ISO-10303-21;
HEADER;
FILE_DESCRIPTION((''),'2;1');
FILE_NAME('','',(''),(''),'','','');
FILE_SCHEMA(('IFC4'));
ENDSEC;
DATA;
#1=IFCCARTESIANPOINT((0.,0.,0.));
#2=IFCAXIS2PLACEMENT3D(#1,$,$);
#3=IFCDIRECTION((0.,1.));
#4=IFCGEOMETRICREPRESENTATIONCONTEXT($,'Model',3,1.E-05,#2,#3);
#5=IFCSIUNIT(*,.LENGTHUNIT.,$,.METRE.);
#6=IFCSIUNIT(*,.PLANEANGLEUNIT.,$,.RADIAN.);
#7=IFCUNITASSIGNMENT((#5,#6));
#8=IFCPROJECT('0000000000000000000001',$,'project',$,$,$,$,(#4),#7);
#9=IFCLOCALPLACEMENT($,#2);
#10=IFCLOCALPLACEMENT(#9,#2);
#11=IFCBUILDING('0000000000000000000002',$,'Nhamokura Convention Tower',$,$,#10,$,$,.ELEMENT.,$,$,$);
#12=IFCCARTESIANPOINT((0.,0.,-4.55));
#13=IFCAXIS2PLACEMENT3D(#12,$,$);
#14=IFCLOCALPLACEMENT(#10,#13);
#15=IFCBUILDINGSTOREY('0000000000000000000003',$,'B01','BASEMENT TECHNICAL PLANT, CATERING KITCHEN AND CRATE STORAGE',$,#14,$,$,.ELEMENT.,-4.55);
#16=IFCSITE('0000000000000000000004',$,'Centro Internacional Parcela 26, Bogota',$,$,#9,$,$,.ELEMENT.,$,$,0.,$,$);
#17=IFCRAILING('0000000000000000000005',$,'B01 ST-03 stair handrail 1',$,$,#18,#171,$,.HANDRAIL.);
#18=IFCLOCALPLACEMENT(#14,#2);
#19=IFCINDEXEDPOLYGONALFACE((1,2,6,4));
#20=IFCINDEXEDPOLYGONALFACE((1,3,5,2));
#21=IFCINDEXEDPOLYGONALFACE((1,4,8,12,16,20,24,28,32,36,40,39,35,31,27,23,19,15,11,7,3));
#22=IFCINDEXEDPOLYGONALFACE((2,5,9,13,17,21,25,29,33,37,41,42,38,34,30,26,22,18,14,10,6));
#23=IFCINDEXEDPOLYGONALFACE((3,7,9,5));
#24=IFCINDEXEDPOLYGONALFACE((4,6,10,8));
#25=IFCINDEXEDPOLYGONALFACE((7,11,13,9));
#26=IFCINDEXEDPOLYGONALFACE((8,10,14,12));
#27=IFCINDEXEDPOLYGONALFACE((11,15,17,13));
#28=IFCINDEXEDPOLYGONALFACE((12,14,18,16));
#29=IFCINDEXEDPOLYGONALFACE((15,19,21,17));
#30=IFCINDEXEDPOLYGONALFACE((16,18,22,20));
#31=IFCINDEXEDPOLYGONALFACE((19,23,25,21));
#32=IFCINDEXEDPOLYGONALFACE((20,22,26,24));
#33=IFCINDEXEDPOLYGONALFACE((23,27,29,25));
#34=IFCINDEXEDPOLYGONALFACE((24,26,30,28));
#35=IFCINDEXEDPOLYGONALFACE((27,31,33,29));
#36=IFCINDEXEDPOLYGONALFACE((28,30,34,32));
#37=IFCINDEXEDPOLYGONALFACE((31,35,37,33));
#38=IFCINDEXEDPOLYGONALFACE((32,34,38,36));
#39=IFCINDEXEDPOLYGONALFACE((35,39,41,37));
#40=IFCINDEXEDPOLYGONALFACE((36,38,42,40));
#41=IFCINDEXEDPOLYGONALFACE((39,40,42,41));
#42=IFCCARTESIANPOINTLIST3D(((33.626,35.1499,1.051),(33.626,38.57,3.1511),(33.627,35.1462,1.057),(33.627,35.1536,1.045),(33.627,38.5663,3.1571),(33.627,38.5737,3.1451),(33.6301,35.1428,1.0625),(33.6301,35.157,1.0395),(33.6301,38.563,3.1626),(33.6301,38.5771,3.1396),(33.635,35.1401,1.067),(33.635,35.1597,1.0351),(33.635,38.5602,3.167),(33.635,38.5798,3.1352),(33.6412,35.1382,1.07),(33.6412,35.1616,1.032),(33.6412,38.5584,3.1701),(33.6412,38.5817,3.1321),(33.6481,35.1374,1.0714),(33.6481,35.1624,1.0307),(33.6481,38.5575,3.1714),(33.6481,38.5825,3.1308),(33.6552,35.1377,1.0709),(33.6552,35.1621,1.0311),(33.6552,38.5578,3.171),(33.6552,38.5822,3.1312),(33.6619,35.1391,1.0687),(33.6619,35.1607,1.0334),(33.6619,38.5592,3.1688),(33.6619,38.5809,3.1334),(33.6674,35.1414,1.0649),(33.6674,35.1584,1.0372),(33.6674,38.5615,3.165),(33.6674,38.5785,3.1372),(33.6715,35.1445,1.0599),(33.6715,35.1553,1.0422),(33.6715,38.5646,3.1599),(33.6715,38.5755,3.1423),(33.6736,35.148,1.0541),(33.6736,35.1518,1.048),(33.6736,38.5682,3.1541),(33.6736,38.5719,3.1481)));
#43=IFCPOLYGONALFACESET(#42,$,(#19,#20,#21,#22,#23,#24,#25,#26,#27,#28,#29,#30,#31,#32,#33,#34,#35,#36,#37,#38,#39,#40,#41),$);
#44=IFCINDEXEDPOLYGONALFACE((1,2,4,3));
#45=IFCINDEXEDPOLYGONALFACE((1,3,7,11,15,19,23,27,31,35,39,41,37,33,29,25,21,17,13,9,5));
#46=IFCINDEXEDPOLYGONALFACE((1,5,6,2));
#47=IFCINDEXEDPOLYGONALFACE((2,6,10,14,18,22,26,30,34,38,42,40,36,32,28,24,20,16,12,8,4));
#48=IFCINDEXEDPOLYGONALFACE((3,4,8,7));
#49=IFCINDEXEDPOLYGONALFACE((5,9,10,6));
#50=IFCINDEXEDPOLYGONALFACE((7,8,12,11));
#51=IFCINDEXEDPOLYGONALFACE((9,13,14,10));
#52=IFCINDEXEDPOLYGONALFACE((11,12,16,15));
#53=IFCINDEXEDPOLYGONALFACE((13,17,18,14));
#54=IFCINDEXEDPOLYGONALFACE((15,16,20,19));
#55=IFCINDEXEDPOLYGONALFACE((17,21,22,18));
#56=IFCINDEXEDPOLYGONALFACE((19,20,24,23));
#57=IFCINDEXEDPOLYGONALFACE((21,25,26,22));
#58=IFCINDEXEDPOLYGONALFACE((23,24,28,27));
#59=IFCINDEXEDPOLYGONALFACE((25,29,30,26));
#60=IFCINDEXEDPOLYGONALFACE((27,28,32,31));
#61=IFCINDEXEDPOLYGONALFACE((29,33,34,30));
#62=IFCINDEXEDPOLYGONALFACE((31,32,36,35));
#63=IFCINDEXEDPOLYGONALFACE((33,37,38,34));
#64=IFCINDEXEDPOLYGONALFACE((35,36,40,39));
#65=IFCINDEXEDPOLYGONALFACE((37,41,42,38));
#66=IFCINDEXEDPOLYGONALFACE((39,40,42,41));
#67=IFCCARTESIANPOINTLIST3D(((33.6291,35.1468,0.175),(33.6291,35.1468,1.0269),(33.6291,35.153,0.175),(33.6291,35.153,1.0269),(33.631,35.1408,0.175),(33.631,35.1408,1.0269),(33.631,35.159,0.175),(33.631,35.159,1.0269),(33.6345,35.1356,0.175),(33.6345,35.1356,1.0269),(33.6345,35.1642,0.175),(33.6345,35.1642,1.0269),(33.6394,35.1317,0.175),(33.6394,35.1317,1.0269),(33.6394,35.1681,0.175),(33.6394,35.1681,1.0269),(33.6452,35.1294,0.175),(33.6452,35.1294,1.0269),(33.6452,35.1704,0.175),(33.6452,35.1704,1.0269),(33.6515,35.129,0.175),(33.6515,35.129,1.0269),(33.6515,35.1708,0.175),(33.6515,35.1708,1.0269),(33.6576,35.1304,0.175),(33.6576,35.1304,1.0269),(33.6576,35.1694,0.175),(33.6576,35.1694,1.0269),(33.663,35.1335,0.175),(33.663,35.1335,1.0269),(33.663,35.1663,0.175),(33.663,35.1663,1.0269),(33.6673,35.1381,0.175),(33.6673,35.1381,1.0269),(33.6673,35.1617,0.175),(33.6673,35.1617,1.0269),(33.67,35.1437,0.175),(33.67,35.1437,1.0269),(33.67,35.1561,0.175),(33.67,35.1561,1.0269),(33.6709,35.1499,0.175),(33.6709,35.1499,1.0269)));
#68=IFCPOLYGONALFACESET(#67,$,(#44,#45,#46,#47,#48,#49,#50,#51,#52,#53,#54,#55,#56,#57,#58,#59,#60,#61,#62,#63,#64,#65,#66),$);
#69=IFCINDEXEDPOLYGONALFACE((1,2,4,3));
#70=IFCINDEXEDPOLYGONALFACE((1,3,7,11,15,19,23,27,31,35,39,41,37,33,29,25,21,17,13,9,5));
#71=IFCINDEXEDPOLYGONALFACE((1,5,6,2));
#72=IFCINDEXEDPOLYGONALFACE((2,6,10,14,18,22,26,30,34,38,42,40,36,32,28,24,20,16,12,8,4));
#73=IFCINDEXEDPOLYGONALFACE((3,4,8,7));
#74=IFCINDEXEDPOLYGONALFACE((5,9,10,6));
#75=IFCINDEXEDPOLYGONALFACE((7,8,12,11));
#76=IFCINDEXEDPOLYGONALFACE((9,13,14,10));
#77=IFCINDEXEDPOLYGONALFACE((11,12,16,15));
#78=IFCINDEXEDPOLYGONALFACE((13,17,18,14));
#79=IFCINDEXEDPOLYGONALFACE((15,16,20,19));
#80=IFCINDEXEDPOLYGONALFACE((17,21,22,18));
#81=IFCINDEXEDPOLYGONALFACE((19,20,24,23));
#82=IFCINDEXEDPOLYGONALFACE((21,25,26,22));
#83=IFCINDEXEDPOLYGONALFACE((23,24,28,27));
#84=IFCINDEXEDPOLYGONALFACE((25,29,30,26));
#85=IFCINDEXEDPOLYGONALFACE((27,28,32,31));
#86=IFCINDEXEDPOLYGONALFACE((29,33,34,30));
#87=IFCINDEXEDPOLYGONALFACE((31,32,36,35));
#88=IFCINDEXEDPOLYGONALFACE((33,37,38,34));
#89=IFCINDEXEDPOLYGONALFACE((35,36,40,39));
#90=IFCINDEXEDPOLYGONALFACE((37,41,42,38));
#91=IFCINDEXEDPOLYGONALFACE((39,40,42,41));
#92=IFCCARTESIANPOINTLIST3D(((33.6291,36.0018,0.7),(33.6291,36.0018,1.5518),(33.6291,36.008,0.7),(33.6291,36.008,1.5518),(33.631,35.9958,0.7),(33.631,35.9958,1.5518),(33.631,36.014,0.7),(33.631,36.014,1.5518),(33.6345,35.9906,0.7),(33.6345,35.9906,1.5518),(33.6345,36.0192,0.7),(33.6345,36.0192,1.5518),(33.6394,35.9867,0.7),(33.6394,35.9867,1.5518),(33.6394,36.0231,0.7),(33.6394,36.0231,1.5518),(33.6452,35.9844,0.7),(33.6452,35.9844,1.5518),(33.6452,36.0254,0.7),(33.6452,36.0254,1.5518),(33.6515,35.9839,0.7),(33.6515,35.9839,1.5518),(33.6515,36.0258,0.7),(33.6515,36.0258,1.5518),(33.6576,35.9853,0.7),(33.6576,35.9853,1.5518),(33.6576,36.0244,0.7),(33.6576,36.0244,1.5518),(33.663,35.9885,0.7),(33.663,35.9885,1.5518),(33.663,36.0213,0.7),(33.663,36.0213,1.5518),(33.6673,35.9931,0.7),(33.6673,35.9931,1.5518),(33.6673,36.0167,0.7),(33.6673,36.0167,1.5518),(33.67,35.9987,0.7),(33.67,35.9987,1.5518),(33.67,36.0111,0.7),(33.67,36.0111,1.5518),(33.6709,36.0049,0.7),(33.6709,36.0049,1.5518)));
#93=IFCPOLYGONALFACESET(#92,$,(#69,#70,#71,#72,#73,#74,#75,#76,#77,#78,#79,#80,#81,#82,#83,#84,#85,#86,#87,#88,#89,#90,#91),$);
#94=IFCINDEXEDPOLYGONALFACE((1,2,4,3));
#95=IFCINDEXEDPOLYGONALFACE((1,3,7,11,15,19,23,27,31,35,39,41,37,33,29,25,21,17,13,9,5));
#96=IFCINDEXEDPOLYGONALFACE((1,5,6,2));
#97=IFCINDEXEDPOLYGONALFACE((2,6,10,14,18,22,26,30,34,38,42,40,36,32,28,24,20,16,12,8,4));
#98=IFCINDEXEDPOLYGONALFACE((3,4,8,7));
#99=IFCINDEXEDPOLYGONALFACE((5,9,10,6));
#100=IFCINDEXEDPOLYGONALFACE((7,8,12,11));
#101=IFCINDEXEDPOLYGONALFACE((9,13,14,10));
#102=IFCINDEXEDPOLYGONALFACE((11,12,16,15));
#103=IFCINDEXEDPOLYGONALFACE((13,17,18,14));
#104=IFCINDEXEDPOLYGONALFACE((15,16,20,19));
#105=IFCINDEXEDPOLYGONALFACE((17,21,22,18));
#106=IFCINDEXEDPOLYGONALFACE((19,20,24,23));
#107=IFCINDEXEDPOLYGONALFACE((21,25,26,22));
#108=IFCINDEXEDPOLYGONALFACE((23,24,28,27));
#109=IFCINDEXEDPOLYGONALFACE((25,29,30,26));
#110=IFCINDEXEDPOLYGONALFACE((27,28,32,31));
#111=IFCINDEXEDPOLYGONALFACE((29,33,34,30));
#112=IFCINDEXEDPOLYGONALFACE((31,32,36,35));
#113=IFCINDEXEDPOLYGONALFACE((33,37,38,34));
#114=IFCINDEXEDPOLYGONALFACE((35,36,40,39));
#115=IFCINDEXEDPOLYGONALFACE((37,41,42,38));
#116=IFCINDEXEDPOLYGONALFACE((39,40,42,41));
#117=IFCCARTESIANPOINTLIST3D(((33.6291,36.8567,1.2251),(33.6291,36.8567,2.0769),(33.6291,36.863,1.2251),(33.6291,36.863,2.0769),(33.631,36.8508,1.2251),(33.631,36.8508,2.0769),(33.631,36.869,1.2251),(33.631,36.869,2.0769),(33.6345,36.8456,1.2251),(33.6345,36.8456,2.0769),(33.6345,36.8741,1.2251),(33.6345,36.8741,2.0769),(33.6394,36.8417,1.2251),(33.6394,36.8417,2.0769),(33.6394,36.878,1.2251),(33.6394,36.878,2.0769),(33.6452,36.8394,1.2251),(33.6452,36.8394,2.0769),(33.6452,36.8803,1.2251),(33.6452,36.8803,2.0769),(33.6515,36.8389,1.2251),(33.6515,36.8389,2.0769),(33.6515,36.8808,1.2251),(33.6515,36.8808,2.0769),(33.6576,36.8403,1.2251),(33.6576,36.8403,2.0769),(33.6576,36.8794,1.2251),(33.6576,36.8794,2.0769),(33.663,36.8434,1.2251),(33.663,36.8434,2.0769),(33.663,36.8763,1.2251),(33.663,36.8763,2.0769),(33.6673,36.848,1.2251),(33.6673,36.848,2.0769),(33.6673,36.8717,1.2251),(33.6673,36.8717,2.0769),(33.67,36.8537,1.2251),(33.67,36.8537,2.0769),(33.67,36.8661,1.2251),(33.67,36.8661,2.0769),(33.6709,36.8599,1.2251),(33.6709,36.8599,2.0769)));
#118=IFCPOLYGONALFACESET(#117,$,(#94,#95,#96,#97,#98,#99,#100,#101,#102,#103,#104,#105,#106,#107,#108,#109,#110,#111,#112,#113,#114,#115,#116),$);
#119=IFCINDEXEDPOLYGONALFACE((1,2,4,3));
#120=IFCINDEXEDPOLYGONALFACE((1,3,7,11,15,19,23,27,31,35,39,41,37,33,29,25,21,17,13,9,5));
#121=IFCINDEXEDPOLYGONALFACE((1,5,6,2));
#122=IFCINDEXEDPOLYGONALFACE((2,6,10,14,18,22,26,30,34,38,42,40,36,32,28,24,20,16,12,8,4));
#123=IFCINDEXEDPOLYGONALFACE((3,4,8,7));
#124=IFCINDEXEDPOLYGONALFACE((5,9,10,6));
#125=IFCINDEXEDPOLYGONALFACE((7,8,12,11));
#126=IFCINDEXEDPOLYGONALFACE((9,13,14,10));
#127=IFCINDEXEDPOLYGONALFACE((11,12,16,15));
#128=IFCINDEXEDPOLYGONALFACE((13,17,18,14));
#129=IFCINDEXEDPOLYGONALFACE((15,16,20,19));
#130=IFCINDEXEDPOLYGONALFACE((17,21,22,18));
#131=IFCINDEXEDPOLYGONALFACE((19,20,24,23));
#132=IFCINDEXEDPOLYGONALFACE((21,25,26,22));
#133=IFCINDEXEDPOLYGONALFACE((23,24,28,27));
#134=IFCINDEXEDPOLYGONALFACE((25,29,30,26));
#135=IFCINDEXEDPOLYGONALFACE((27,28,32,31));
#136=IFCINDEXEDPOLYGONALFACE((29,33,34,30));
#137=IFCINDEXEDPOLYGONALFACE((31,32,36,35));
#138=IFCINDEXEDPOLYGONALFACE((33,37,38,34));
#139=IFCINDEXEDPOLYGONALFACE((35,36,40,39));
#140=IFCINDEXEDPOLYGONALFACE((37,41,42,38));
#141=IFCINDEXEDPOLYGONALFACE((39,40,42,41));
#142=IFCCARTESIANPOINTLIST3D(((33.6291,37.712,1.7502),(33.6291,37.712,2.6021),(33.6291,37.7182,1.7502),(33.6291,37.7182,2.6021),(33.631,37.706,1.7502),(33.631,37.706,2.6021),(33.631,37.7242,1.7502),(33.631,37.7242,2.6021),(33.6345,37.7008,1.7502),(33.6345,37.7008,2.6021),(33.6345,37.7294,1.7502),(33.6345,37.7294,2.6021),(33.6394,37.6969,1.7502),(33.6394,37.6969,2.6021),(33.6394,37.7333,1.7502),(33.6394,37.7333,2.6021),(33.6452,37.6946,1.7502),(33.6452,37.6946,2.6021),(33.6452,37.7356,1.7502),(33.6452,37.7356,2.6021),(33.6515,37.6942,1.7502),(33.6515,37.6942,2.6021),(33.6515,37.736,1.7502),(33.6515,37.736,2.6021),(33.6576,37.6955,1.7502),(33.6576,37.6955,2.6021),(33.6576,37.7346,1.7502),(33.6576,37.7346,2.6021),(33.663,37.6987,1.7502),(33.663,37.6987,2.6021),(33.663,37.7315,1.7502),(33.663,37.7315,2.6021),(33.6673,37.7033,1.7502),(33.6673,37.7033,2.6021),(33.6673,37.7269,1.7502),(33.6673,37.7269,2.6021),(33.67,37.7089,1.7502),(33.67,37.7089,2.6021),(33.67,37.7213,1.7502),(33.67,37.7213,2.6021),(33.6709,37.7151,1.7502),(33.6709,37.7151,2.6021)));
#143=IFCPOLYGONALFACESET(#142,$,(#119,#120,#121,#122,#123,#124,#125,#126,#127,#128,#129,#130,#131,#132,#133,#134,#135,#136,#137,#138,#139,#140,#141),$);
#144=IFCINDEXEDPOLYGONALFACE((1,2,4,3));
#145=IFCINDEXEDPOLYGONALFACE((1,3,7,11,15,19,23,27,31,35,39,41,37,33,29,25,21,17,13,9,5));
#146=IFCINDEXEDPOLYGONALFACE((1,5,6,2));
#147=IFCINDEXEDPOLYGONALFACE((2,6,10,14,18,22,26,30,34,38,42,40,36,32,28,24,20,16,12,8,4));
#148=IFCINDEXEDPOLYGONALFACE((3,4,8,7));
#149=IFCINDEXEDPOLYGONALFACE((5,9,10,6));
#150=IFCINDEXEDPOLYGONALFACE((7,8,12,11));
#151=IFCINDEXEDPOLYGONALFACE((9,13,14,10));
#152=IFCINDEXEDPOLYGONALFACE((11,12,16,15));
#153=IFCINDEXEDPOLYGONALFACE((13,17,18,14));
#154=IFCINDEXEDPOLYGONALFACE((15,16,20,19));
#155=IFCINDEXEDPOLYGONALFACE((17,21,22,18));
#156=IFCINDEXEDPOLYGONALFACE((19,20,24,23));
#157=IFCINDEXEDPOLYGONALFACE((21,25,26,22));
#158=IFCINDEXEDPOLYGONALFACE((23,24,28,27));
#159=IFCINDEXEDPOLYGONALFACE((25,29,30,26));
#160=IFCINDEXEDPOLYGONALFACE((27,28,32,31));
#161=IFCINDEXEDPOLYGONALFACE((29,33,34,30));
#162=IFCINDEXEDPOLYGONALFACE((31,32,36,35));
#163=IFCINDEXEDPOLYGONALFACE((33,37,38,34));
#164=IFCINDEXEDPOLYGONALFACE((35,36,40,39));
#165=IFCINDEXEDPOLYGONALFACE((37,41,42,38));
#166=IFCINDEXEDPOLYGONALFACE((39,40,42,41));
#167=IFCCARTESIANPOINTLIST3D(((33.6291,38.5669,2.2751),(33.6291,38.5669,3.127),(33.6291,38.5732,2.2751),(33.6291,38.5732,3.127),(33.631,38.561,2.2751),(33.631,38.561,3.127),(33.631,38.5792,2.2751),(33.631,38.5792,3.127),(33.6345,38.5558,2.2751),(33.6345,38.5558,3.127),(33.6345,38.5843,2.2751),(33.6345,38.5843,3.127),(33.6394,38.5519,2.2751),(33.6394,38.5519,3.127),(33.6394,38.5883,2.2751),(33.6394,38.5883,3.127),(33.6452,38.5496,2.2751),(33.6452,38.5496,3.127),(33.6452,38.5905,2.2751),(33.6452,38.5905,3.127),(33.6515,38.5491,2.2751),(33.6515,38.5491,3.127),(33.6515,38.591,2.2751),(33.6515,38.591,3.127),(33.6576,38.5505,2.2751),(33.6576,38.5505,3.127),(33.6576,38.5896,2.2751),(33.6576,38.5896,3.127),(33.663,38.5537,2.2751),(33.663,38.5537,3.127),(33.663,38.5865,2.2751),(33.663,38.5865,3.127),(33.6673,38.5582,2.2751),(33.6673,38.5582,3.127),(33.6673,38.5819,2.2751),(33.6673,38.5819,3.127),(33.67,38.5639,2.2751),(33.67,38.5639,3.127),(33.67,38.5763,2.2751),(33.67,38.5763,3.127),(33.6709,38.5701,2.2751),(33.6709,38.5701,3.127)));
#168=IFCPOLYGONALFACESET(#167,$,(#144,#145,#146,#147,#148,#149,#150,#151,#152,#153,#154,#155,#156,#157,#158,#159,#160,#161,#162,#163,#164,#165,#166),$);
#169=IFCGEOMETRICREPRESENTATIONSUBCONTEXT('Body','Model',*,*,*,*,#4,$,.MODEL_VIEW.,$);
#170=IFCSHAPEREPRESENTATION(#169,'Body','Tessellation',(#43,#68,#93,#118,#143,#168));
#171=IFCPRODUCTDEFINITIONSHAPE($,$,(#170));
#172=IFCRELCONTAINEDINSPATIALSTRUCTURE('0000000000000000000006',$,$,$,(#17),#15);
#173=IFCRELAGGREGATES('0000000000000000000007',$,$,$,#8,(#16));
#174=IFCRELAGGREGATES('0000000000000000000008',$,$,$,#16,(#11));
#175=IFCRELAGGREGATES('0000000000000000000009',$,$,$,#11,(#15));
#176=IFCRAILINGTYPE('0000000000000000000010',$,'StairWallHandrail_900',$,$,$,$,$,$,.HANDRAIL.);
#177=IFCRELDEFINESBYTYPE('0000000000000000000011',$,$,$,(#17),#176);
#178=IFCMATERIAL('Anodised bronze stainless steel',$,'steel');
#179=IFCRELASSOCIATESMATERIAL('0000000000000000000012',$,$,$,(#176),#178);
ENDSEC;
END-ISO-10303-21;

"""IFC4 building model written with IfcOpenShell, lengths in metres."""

from ifc_helpers import new_model, si_unit, direction, frame, origin, origin_2d, place, context, subcontext, project, spatial, circle, extrude, material, type_object, element, save


model = new_model("IFC4")

# Units and contexts
model_context = context("Model", 3, precision=1e-05, world=origin(), true_north=direction((0.0, 1.0)))
body_context = subcontext(model_context, "Body", "Model", "MODEL_VIEW")
ifc_project = project(units=[si_unit("LENGTHUNIT", "METRE"), si_unit("PLANEANGLEUNIT", "RADIAN")], contexts=[model_context])

# Site, building, storey
site_placement = place(None, origin())
site = spatial("IfcSite", under=ifc_project, at=site_placement, Name="Centro Internacional Parcela 26, Bogota", CompositionType="ELEMENT", RefElevation=0.0)
building_placement = place(site_placement, origin())
building = spatial("IfcBuilding", under=site, at=building_placement, Name="Nhamokura Convention Tower", CompositionType="ELEMENT")
storey_placement = place(building_placement, frame((0.0, 0.0, -4.55)))
storey = spatial("IfcBuildingStorey", under=building, at=storey_placement, Name="B01", Description="BASEMENT TECHNICAL PLANT, CATERING KITCHEN AND CRATE STORAGE", CompositionType="ELEMENT", Elevation=-4.55)

# Railing
ifc_material_1 = material(Name="Anodised bronze stainless steel", Category="steel")
railing_type_1 = type_object("IfcRailingType", Name="StairWallHandrail_900", PredefinedType="HANDRAIL", material=ifc_material_1)
railing_1_placement = place(storey_placement, frame((33.6499, 35.1499, 0.175)))
element("IfcRailing", 1, at=railing_1_placement, inside=storey, type_object=railing_type_1, Name="B01 ST-03 stair handrail 1", PredefinedType="HANDRAIL", context=body_context, shape_type="SweptSolid", body=[
    extrude(circle(Radius=0.0239, at=origin_2d()), frame((0.0, 0.0, 0.876), z_axis=(0.0, 0.852172, 0.523262), x_axis=(-1.0, 0.0, 0.0)), (0.0, 0.0, 1.0), 4.0134),
    extrude(circle(Radius=0.021, at=origin_2d()), origin(), (0.0, 0.0, 1.0), 0.8518),
    extrude(circle(Radius=0.021, at=origin_2d()), frame((0.0, 0.855, 0.5249)), (0.0, 0.0, 1.0), 0.8518),
    extrude(circle(Radius=0.021, at=origin_2d()), frame((0.0, 1.71, 1.05)), (0.0, 0.0, 1.0), 0.8518),
    extrude(circle(Radius=0.021, at=origin_2d()), frame((0.0, 2.5652, 1.5752)), (0.0, 0.0, 1.0), 0.8518),
    extrude(circle(Radius=0.021, at=origin_2d()), frame((0.0, 3.4202, 2.1001)), (0.0, 0.0, 1.0), 0.8518),
])

save(model, "model.ifc")
